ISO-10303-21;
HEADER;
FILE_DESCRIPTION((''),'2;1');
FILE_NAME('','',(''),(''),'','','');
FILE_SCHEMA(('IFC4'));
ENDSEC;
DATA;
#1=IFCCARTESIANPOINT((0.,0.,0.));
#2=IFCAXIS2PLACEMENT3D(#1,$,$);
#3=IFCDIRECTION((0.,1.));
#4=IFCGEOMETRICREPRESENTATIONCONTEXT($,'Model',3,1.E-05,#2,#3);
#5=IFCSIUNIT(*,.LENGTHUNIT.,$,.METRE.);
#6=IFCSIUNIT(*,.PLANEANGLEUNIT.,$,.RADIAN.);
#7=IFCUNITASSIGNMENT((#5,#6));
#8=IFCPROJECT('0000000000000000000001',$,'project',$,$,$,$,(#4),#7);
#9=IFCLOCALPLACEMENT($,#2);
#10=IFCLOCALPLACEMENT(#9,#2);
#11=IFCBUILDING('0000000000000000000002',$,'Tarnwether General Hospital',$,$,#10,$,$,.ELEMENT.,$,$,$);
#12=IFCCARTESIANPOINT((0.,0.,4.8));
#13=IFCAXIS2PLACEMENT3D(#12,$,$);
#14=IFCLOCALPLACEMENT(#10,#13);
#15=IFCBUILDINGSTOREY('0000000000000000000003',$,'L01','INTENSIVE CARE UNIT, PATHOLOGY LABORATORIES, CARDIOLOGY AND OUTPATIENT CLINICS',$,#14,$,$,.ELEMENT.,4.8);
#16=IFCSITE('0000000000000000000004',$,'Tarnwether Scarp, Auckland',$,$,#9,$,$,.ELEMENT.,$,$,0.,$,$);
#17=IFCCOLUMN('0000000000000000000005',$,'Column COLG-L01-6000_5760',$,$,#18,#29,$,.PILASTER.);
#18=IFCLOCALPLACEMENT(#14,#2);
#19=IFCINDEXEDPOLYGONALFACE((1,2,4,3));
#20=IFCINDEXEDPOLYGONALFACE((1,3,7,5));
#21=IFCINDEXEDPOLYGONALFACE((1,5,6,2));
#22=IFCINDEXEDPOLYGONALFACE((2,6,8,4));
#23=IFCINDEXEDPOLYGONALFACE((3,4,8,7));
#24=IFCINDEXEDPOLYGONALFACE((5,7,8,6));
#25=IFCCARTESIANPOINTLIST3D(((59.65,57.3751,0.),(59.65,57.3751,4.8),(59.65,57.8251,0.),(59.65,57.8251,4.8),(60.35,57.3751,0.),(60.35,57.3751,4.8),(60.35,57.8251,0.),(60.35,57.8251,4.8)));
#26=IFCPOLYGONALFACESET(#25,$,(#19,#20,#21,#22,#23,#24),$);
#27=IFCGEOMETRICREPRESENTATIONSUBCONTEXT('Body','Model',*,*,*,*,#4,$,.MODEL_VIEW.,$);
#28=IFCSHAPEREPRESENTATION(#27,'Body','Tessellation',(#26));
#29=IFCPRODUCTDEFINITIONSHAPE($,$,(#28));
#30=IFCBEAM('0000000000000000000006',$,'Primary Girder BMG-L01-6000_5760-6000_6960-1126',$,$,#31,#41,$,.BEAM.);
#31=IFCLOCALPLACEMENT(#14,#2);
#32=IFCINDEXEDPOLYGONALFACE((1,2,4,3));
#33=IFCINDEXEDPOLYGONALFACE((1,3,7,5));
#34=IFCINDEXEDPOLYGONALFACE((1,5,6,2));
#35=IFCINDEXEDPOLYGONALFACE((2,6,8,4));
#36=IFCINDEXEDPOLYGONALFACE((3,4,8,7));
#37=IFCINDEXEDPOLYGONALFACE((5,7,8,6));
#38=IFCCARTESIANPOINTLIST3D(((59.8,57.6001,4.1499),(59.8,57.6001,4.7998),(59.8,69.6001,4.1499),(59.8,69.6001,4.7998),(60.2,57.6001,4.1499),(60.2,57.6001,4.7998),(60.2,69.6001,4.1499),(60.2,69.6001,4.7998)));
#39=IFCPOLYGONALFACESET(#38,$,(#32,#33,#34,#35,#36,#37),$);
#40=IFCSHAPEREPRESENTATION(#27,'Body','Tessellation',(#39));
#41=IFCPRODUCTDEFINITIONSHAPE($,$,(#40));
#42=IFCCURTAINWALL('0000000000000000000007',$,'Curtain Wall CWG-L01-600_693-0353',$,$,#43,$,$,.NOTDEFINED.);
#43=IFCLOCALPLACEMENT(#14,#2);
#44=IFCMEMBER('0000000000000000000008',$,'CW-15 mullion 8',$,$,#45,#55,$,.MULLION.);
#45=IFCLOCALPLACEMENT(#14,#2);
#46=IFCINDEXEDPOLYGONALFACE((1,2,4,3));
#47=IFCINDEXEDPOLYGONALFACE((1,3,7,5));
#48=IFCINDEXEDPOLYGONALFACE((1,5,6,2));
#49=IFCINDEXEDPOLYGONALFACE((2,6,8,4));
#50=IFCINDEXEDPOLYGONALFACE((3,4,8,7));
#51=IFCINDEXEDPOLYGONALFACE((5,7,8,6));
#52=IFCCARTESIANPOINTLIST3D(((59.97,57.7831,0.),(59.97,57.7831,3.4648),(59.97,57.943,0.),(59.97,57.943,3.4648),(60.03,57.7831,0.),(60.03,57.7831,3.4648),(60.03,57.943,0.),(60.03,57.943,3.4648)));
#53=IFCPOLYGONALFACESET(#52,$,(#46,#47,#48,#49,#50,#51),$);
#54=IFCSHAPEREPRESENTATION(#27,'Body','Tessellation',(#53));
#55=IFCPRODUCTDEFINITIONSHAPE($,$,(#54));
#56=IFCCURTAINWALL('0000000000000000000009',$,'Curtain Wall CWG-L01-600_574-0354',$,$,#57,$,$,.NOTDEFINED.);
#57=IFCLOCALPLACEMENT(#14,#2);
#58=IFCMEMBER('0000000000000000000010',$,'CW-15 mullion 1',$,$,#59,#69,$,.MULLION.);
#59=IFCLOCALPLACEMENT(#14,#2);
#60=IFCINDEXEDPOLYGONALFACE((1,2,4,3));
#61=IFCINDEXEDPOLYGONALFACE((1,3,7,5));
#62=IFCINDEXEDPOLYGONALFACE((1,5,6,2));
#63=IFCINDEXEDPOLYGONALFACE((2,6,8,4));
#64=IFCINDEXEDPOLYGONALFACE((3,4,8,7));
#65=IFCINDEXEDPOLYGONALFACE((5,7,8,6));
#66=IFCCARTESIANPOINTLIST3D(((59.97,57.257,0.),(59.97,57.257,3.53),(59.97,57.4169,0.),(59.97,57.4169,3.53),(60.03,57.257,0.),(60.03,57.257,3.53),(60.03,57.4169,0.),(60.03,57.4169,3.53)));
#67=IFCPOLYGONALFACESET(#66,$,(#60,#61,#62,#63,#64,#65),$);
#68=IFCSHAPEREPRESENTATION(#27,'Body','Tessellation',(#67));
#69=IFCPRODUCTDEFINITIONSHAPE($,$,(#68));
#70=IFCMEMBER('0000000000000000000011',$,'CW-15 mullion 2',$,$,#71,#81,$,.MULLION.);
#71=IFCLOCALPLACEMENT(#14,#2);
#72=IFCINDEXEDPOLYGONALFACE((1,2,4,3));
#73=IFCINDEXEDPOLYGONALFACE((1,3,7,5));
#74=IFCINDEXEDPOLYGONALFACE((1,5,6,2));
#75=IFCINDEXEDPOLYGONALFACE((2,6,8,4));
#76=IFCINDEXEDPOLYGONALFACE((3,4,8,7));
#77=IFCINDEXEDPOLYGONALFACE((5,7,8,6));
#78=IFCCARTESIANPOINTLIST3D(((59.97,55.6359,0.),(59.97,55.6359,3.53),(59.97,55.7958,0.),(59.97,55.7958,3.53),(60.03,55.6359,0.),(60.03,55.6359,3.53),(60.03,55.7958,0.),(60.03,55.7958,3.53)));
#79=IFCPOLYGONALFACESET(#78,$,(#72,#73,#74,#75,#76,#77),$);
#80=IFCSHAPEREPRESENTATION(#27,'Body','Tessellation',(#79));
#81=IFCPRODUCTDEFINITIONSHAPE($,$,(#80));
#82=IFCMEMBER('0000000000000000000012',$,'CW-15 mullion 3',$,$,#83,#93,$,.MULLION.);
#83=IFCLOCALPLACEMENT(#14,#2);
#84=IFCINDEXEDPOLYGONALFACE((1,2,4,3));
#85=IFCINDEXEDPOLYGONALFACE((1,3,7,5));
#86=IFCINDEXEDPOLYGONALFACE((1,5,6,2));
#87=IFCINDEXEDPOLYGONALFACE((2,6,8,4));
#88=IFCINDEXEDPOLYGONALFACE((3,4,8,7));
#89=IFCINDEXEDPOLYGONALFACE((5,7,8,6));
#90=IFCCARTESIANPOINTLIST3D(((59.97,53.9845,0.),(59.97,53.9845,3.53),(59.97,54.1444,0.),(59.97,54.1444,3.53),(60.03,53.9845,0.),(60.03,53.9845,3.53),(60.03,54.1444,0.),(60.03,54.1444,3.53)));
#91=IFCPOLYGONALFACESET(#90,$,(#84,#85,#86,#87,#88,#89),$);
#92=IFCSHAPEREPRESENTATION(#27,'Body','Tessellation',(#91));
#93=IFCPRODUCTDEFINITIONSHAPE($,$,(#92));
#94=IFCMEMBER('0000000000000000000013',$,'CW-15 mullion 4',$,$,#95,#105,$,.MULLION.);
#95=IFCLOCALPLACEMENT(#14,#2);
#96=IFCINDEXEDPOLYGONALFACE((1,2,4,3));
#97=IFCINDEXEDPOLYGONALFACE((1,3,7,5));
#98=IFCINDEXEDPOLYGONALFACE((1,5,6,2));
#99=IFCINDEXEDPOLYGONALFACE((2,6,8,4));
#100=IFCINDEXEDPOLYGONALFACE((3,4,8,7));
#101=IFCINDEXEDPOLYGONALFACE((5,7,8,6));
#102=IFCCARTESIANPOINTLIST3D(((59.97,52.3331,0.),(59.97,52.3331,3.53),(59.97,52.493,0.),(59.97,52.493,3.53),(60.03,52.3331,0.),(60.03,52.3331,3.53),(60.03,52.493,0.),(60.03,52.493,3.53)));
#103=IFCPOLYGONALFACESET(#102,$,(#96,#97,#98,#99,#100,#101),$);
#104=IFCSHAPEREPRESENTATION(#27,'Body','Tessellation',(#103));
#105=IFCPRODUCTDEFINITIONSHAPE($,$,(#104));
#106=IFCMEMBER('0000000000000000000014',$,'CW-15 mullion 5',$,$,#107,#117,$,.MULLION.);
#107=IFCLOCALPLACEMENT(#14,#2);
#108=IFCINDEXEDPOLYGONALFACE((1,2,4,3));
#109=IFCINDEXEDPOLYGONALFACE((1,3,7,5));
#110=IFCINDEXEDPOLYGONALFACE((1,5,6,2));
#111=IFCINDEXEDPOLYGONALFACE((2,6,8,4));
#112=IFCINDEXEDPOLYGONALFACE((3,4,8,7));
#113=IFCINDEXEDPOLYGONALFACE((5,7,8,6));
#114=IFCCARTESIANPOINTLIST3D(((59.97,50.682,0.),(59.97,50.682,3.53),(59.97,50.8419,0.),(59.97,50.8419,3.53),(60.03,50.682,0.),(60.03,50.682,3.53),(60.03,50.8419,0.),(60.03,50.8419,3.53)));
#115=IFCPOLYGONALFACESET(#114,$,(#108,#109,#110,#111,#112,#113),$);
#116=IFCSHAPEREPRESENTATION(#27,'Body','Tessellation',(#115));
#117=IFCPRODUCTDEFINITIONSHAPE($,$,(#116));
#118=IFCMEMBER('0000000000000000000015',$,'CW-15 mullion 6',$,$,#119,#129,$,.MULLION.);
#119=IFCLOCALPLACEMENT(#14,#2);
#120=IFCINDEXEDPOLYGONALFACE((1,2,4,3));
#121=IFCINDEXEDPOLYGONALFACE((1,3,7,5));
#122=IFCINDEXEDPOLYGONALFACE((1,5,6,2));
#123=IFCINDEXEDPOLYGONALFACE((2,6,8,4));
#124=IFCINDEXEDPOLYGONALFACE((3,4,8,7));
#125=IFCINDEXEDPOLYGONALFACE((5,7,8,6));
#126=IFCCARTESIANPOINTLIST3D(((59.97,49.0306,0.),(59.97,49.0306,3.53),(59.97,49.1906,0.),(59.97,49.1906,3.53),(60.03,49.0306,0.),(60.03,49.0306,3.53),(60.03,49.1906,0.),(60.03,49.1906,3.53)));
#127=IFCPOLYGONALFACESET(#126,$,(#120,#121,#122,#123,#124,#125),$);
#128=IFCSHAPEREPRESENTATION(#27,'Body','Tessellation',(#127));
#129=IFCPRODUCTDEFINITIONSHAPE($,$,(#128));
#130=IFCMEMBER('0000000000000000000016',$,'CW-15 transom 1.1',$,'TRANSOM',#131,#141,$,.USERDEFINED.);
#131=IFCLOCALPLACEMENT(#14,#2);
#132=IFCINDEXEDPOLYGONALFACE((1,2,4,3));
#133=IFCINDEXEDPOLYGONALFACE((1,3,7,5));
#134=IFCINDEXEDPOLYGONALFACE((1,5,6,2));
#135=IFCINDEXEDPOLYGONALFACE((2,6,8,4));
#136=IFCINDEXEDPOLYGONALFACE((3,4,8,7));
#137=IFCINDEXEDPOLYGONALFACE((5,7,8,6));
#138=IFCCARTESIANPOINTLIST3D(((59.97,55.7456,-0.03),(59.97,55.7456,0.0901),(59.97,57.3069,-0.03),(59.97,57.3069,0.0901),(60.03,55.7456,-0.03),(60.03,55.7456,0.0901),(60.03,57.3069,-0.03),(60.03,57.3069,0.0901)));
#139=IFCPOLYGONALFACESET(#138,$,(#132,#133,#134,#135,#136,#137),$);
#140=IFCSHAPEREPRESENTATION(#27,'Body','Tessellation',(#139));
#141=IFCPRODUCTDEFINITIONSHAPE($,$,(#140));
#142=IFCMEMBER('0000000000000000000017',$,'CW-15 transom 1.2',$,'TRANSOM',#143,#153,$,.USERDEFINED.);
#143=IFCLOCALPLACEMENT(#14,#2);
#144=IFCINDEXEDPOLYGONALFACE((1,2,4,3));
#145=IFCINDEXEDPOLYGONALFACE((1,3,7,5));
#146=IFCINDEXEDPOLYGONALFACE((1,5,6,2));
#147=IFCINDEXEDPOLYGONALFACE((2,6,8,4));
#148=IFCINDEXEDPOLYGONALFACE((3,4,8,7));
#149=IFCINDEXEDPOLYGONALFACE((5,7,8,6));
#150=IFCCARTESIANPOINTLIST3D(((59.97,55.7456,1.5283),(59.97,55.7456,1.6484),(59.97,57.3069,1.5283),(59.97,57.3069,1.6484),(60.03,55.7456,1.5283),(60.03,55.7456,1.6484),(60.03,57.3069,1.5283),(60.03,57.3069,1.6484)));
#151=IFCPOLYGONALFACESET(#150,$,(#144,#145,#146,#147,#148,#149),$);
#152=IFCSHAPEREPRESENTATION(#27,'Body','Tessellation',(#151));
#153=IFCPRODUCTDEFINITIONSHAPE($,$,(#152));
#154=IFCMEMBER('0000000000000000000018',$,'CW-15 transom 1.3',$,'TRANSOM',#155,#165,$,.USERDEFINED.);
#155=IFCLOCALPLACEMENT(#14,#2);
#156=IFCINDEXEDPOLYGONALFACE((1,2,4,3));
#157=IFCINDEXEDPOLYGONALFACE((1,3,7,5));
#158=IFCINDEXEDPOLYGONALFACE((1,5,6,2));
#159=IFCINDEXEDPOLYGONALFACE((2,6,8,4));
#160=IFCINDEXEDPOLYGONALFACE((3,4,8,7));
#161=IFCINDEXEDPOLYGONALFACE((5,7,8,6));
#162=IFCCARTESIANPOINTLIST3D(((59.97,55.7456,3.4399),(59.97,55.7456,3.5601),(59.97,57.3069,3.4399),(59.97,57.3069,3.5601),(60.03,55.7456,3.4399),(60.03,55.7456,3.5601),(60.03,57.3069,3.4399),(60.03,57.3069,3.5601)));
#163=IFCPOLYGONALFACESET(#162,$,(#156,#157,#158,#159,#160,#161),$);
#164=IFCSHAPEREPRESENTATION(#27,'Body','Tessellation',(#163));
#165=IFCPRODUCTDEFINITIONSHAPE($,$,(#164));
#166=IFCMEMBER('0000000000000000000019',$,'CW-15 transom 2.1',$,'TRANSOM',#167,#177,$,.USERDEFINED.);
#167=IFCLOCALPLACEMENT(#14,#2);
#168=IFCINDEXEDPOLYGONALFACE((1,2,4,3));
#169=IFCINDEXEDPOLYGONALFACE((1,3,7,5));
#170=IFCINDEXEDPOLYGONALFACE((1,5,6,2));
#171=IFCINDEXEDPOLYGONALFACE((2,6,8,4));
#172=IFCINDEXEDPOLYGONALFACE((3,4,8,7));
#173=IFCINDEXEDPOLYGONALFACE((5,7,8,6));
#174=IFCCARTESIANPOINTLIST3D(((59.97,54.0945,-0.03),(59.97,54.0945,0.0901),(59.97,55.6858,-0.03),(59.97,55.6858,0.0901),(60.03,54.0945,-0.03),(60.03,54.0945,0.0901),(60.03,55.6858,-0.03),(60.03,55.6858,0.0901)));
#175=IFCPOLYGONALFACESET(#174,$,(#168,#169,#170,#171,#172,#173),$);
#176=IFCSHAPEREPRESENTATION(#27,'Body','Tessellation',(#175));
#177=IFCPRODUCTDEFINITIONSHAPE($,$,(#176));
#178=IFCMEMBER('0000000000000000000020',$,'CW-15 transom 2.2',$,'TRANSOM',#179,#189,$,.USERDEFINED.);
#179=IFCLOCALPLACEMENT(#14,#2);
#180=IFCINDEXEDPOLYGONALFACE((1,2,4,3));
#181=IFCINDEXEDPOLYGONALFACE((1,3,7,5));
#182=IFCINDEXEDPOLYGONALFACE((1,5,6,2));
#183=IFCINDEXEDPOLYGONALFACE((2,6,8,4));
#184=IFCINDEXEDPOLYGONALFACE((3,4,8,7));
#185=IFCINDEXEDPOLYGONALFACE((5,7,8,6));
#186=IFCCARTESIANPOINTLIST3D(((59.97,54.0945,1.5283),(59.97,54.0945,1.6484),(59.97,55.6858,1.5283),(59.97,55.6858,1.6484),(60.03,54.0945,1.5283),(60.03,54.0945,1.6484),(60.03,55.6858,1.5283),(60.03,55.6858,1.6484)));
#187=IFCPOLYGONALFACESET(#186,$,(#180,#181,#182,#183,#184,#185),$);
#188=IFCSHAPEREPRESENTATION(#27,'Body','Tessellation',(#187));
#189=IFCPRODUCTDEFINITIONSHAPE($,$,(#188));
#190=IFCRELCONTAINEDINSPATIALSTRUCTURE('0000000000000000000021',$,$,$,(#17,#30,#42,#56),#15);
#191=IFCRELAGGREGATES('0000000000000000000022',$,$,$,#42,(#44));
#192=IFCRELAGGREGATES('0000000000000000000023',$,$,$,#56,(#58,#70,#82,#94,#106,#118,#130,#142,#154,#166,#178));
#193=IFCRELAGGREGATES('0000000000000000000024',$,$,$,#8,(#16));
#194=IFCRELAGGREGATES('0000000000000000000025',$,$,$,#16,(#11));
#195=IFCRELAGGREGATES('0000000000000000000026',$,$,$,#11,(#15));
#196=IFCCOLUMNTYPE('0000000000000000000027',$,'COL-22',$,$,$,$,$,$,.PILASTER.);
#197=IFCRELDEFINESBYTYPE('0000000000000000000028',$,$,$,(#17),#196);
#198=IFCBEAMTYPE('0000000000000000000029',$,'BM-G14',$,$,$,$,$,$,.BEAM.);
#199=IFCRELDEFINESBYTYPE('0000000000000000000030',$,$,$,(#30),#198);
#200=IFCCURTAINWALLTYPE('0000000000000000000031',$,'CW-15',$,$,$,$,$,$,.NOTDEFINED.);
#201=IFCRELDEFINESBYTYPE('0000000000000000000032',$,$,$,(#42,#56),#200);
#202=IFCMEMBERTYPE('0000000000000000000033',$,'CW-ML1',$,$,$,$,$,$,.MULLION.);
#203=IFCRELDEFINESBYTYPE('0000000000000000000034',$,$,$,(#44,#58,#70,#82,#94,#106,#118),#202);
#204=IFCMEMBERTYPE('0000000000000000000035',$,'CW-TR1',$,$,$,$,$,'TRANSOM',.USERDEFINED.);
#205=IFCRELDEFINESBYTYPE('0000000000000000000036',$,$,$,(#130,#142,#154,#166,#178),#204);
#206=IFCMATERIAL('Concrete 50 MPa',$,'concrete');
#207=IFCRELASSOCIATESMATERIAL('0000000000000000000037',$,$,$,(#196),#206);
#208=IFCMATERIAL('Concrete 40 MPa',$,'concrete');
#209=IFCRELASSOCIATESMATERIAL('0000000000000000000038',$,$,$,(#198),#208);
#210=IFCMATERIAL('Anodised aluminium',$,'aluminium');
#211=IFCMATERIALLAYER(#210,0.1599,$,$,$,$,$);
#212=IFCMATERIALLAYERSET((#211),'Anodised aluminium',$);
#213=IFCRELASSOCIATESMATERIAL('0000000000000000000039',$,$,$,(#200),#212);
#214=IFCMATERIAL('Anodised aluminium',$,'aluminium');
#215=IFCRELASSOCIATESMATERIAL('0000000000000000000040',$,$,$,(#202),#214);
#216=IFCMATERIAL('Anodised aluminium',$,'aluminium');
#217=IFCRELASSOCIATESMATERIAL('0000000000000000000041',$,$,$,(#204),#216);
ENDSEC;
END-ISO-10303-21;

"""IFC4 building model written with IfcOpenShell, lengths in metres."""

from ifc_helpers import new_model, si_unit, direction, frame, origin, origin_2d, place, context, subcontext, project, spatial, rectangle, extrude, material, layer, layer_set, material_profile, profile_set, type_object, element, aggregate, save


model = new_model("IFC4")

# Units and contexts
model_context = context("Model", 3, precision=1e-05, world=origin(), true_north=direction((0.0, 1.0)))
body_context = subcontext(model_context, "Body", "Model", "MODEL_VIEW")
ifc_project = project(units=[si_unit("LENGTHUNIT", "METRE"), si_unit("PLANEANGLEUNIT", "RADIAN")], contexts=[model_context])

# Site, building, storey
site_placement = place(None, origin())
site = spatial("IfcSite", under=ifc_project, at=site_placement, Name="Tarnwether Scarp, Auckland", CompositionType="ELEMENT", RefElevation=0.0)
building_placement = place(site_placement, origin())
building = spatial("IfcBuilding", under=site, at=building_placement, Name="Tarnwether General Hospital", CompositionType="ELEMENT")
storey_placement = place(building_placement, frame((0.0, 0.0, 4.8)))
storey = spatial("IfcBuildingStorey", under=building, at=storey_placement, Name="L01", Description="INTENSIVE CARE UNIT, PATHOLOGY LABORATORIES, CARDIOLOGY AND OUTPATIENT CLINICS", CompositionType="ELEMENT", Elevation=4.8)

# Column
ifc_material_1 = material(Name="Concrete 50 MPa", Category="concrete")
ifc_material_profile_1 = material_profile(ifc_material_1, rectangle(XDim=0.45, YDim=0.7, at=origin_2d()), Name="RC-PIL-450x700")
ifc_profile_set_1 = profile_set([ifc_material_profile_1], Name="Concrete 50 MPa")
column_type = type_object("IfcColumnType", Name="COL-22", PredefinedType="PILASTER", material=ifc_profile_set_1)
column_placement = place(storey_placement, frame((60.0, 57.6001, 0.0), z_axis=(0.0, 0.0, 1.0), x_axis=(0.0, 1.0, 0.0)))
element("IfcColumn", 1, at=column_placement, inside=storey, type_object=column_type, Name="Column COLG-L01-6000_5760", PredefinedType="PILASTER", context=body_context, shape_type="SweptSolid", body=[
    extrude(rectangle(XDim=0.45, YDim=0.7, at=origin_2d()), origin(), (0.0, 0.0, 1.0), 4.8),
])

# Beam
ifc_material_2 = material(Name="Concrete 40 MPa", Category="concrete")
ifc_material_profile_2 = material_profile(ifc_material_2, rectangle(XDim=0.3999, YDim=0.6499, at=origin_2d()), Name="RC-BM-400x650")
ifc_profile_set_2 = profile_set([ifc_material_profile_2], Name="Concrete 40 MPa")
beam_type = type_object("IfcBeamType", Name="BM-G14", PredefinedType="BEAM", material=ifc_profile_set_2)
beam_placement = place(storey_placement, frame((60.0, 57.6001, 4.4749), z_axis=(0.0, 1.0, 0.0), x_axis=(-1.0, 0.0, 0.0)))
element("IfcBeam", 2, at=beam_placement, inside=storey, type_object=beam_type, Name="Primary Girder BMG-L01-6000_5760-6000_6960-1126", PredefinedType="BEAM", context=body_context, shape_type="SweptSolid", body=[
    extrude(rectangle(XDim=0.3999, YDim=0.6499, at=origin_2d()), origin(), (0.0, 0.0, 1.0), 12.0),
])

# Curtain wall, member
ifc_material_3 = material(Name="Anodised aluminium", Category="aluminium")
ifc_layer_1 = layer(ifc_material_3, 0.1599)
ifc_layer_set_1 = layer_set([ifc_layer_1], Name="Anodised aluminium")
curtain_wall_type = type_object("IfcCurtainWallType", Name="CW-15", PredefinedType="NOTDEFINED", material=ifc_layer_set_1)
curtain_wall_1_placement = place(storey_placement, origin())
curtain_wall_1 = element("IfcCurtainWall", 3, at=curtain_wall_1_placement, inside=storey, type_object=curtain_wall_type, Name="Curtain Wall CWG-L01-600_693-0353", PredefinedType="NOTDEFINED")
ifc_material_4 = material(Name="Anodised aluminium", Category="aluminium")
ifc_material_profile_3 = material_profile(ifc_material_4, rectangle(XDim=0.0601, YDim=0.1599, at=origin_2d()), Name="ALU-MUL-60x160")
ifc_profile_set_3 = profile_set([ifc_material_profile_3], Name="Anodised aluminium")
member_type_1 = type_object("IfcMemberType", Name="CW-ML1", PredefinedType="MULLION", material=ifc_profile_set_3)
member_1_placement = place(storey_placement, frame((60.0, 57.863, 0.0), z_axis=(0.0, 0.0, 1.0), x_axis=(1.0, 0.0, 0.0)))
member_1 = element("IfcMember", 4, at=member_1_placement, type_object=member_type_1, Name="CW-15 mullion 8", PredefinedType="MULLION", context=body_context, shape_type="SweptSolid", body=[
    extrude(rectangle(XDim=0.0601, YDim=0.1599, at=origin_2d()), origin(), (0.0, 0.0, 1.0), 3.4648),
])

# Curtain wall, members
curtain_wall_2_placement = place(storey_placement, origin())
curtain_wall_2 = element("IfcCurtainWall", 5, at=curtain_wall_2_placement, inside=storey, type_object=curtain_wall_type, Name="Curtain Wall CWG-L01-600_574-0354", PredefinedType="NOTDEFINED")
member_2_placement = place(storey_placement, frame((60.0, 57.3369, 0.0), z_axis=(0.0, 0.0, 1.0), x_axis=(1.0, 0.0, 0.0)))
member_2 = element("IfcMember", 6, at=member_2_placement, type_object=member_type_1, Name="CW-15 mullion 1", PredefinedType="MULLION", context=body_context, shape_type="SweptSolid", body=[
    extrude(rectangle(XDim=0.0601, YDim=0.1599, at=origin_2d()), origin(), (0.0, 0.0, 1.0), 3.53),
])
member_3_placement = place(storey_placement, frame((60.0, 55.7158, 0.0), z_axis=(0.0, 0.0, 1.0), x_axis=(1.0, 0.0, 0.0)))
member_3 = element("IfcMember", 7, at=member_3_placement, type_object=member_type_1, Name="CW-15 mullion 2", PredefinedType="MULLION", context=body_context, shape_type="SweptSolid", body=[
    extrude(rectangle(XDim=0.0601, YDim=0.1599, at=origin_2d()), origin(), (0.0, 0.0, 1.0), 3.53),
])
member_4_placement = place(storey_placement, frame((60.0, 54.0645, 0.0), z_axis=(0.0, 0.0, 1.0), x_axis=(1.0, 0.0, 0.0)))
member_4 = element("IfcMember", 8, at=member_4_placement, type_object=member_type_1, Name="CW-15 mullion 3", PredefinedType="MULLION", context=body_context, shape_type="SweptSolid", body=[
    extrude(rectangle(XDim=0.0601, YDim=0.1599, at=origin_2d()), origin(), (0.0, 0.0, 1.0), 3.53),
])
member_5_placement = place(storey_placement, frame((60.0, 52.4131, 0.0), z_axis=(0.0, 0.0, 1.0), x_axis=(1.0, 0.0, 0.0)))
member_5 = element("IfcMember", 9, at=member_5_placement, type_object=member_type_1, Name="CW-15 mullion 4", PredefinedType="MULLION", context=body_context, shape_type="SweptSolid", body=[
    extrude(rectangle(XDim=0.0601, YDim=0.1599, at=origin_2d()), origin(), (0.0, 0.0, 1.0), 3.53),
])
member_6_placement = place(storey_placement, frame((60.0, 50.762, 0.0), z_axis=(0.0, 0.0, 1.0), x_axis=(1.0, 0.0, 0.0)))
member_6 = element("IfcMember", 10, at=member_6_placement, type_object=member_type_1, Name="CW-15 mullion 5", PredefinedType="MULLION", context=body_context, shape_type="SweptSolid", body=[
    extrude(rectangle(XDim=0.0601, YDim=0.1599, at=origin_2d()), origin(), (0.0, 0.0, 1.0), 3.53),
])
member_7_placement = place(storey_placement, frame((60.0, 49.1106, 0.0), z_axis=(0.0, 0.0, 1.0), x_axis=(1.0, 0.0, 0.0)))
member_7 = element("IfcMember", 11, at=member_7_placement, type_object=member_type_1, Name="CW-15 mullion 6", PredefinedType="MULLION", context=body_context, shape_type="SweptSolid", body=[
    extrude(rectangle(XDim=0.0601, YDim=0.1599, at=origin_2d()), origin(), (0.0, 0.0, 1.0), 3.53),
])
ifc_material_5 = material(Name="Anodised aluminium", Category="aluminium")
ifc_material_profile_4 = material_profile(ifc_material_5, rectangle(XDim=0.0601, YDim=0.1201, at=origin_2d()), Name="ALU-TRN-60x120")
ifc_profile_set_4 = profile_set([ifc_material_profile_4], Name="Anodised aluminium")
member_type_2 = type_object("IfcMemberType", Name="CW-TR1", ElementType="TRANSOM", PredefinedType="USERDEFINED", material=ifc_profile_set_4)
member_8_placement = place(storey_placement, frame((60.0, 57.3069, 0.03), z_axis=(0.0, -1.0, 0.0), x_axis=(1.0, 0.0, 0.0)))
member_8 = element("IfcMember", 12, at=member_8_placement, type_object=member_type_2, Name="CW-15 transom 1.1", ObjectType="TRANSOM", PredefinedType="USERDEFINED", context=body_context, shape_type="SweptSolid", body=[
    extrude(rectangle(XDim=0.0601, YDim=0.1201, at=origin_2d()), origin(), (0.0, 0.0, 1.0), 1.5613),
])
member_9_placement = place(storey_placement, frame((60.0, 57.3069, 1.5884), z_axis=(0.0, -1.0, 0.0), x_axis=(1.0, 0.0, 0.0)))
member_9 = element("IfcMember", 13, at=member_9_placement, type_object=member_type_2, Name="CW-15 transom 1.2", ObjectType="TRANSOM", PredefinedType="USERDEFINED", context=body_context, shape_type="SweptSolid", body=[
    extrude(rectangle(XDim=0.0601, YDim=0.1201, at=origin_2d()), origin(), (0.0, 0.0, 1.0), 1.5613),
])
member_10_placement = place(storey_placement, frame((60.0, 57.3069, 3.5), z_axis=(0.0, -1.0, 0.0), x_axis=(1.0, 0.0, 0.0)))
member_10 = element("IfcMember", 14, at=member_10_placement, type_object=member_type_2, Name="CW-15 transom 1.3", ObjectType="TRANSOM", PredefinedType="USERDEFINED", context=body_context, shape_type="SweptSolid", body=[
    extrude(rectangle(XDim=0.0601, YDim=0.1201, at=origin_2d()), origin(), (0.0, 0.0, 1.0), 1.5613),
])
member_11_placement = place(storey_placement, frame((60.0, 55.6858, 0.03), z_axis=(0.0, -1.0, 0.0), x_axis=(1.0, 0.0, 0.0)))
member_11 = element("IfcMember", 15, at=member_11_placement, type_object=member_type_2, Name="CW-15 transom 2.1", ObjectType="TRANSOM", PredefinedType="USERDEFINED", context=body_context, shape_type="SweptSolid", body=[
    extrude(rectangle(XDim=0.0601, YDim=0.1201, at=origin_2d()), origin(), (0.0, 0.0, 1.0), 1.5913),
])
member_12_placement = place(storey_placement, frame((60.0, 55.6858, 1.5884), z_axis=(0.0, -1.0, 0.0), x_axis=(1.0, 0.0, 0.0)))
member_12 = element("IfcMember", 16, at=member_12_placement, type_object=member_type_2, Name="CW-15 transom 2.2", ObjectType="TRANSOM", PredefinedType="USERDEFINED", context=body_context, shape_type="SweptSolid", body=[
    extrude(rectangle(XDim=0.0601, YDim=0.1201, at=origin_2d()), origin(), (0.0, 0.0, 1.0), 1.5913),
])

aggregate(curtain_wall_1, [member_1])
aggregate(curtain_wall_2, [member_2, member_3, member_4, member_5, member_6, member_7, member_8, member_9, member_10, member_11, member_12])

save(model, "model.ifc")
